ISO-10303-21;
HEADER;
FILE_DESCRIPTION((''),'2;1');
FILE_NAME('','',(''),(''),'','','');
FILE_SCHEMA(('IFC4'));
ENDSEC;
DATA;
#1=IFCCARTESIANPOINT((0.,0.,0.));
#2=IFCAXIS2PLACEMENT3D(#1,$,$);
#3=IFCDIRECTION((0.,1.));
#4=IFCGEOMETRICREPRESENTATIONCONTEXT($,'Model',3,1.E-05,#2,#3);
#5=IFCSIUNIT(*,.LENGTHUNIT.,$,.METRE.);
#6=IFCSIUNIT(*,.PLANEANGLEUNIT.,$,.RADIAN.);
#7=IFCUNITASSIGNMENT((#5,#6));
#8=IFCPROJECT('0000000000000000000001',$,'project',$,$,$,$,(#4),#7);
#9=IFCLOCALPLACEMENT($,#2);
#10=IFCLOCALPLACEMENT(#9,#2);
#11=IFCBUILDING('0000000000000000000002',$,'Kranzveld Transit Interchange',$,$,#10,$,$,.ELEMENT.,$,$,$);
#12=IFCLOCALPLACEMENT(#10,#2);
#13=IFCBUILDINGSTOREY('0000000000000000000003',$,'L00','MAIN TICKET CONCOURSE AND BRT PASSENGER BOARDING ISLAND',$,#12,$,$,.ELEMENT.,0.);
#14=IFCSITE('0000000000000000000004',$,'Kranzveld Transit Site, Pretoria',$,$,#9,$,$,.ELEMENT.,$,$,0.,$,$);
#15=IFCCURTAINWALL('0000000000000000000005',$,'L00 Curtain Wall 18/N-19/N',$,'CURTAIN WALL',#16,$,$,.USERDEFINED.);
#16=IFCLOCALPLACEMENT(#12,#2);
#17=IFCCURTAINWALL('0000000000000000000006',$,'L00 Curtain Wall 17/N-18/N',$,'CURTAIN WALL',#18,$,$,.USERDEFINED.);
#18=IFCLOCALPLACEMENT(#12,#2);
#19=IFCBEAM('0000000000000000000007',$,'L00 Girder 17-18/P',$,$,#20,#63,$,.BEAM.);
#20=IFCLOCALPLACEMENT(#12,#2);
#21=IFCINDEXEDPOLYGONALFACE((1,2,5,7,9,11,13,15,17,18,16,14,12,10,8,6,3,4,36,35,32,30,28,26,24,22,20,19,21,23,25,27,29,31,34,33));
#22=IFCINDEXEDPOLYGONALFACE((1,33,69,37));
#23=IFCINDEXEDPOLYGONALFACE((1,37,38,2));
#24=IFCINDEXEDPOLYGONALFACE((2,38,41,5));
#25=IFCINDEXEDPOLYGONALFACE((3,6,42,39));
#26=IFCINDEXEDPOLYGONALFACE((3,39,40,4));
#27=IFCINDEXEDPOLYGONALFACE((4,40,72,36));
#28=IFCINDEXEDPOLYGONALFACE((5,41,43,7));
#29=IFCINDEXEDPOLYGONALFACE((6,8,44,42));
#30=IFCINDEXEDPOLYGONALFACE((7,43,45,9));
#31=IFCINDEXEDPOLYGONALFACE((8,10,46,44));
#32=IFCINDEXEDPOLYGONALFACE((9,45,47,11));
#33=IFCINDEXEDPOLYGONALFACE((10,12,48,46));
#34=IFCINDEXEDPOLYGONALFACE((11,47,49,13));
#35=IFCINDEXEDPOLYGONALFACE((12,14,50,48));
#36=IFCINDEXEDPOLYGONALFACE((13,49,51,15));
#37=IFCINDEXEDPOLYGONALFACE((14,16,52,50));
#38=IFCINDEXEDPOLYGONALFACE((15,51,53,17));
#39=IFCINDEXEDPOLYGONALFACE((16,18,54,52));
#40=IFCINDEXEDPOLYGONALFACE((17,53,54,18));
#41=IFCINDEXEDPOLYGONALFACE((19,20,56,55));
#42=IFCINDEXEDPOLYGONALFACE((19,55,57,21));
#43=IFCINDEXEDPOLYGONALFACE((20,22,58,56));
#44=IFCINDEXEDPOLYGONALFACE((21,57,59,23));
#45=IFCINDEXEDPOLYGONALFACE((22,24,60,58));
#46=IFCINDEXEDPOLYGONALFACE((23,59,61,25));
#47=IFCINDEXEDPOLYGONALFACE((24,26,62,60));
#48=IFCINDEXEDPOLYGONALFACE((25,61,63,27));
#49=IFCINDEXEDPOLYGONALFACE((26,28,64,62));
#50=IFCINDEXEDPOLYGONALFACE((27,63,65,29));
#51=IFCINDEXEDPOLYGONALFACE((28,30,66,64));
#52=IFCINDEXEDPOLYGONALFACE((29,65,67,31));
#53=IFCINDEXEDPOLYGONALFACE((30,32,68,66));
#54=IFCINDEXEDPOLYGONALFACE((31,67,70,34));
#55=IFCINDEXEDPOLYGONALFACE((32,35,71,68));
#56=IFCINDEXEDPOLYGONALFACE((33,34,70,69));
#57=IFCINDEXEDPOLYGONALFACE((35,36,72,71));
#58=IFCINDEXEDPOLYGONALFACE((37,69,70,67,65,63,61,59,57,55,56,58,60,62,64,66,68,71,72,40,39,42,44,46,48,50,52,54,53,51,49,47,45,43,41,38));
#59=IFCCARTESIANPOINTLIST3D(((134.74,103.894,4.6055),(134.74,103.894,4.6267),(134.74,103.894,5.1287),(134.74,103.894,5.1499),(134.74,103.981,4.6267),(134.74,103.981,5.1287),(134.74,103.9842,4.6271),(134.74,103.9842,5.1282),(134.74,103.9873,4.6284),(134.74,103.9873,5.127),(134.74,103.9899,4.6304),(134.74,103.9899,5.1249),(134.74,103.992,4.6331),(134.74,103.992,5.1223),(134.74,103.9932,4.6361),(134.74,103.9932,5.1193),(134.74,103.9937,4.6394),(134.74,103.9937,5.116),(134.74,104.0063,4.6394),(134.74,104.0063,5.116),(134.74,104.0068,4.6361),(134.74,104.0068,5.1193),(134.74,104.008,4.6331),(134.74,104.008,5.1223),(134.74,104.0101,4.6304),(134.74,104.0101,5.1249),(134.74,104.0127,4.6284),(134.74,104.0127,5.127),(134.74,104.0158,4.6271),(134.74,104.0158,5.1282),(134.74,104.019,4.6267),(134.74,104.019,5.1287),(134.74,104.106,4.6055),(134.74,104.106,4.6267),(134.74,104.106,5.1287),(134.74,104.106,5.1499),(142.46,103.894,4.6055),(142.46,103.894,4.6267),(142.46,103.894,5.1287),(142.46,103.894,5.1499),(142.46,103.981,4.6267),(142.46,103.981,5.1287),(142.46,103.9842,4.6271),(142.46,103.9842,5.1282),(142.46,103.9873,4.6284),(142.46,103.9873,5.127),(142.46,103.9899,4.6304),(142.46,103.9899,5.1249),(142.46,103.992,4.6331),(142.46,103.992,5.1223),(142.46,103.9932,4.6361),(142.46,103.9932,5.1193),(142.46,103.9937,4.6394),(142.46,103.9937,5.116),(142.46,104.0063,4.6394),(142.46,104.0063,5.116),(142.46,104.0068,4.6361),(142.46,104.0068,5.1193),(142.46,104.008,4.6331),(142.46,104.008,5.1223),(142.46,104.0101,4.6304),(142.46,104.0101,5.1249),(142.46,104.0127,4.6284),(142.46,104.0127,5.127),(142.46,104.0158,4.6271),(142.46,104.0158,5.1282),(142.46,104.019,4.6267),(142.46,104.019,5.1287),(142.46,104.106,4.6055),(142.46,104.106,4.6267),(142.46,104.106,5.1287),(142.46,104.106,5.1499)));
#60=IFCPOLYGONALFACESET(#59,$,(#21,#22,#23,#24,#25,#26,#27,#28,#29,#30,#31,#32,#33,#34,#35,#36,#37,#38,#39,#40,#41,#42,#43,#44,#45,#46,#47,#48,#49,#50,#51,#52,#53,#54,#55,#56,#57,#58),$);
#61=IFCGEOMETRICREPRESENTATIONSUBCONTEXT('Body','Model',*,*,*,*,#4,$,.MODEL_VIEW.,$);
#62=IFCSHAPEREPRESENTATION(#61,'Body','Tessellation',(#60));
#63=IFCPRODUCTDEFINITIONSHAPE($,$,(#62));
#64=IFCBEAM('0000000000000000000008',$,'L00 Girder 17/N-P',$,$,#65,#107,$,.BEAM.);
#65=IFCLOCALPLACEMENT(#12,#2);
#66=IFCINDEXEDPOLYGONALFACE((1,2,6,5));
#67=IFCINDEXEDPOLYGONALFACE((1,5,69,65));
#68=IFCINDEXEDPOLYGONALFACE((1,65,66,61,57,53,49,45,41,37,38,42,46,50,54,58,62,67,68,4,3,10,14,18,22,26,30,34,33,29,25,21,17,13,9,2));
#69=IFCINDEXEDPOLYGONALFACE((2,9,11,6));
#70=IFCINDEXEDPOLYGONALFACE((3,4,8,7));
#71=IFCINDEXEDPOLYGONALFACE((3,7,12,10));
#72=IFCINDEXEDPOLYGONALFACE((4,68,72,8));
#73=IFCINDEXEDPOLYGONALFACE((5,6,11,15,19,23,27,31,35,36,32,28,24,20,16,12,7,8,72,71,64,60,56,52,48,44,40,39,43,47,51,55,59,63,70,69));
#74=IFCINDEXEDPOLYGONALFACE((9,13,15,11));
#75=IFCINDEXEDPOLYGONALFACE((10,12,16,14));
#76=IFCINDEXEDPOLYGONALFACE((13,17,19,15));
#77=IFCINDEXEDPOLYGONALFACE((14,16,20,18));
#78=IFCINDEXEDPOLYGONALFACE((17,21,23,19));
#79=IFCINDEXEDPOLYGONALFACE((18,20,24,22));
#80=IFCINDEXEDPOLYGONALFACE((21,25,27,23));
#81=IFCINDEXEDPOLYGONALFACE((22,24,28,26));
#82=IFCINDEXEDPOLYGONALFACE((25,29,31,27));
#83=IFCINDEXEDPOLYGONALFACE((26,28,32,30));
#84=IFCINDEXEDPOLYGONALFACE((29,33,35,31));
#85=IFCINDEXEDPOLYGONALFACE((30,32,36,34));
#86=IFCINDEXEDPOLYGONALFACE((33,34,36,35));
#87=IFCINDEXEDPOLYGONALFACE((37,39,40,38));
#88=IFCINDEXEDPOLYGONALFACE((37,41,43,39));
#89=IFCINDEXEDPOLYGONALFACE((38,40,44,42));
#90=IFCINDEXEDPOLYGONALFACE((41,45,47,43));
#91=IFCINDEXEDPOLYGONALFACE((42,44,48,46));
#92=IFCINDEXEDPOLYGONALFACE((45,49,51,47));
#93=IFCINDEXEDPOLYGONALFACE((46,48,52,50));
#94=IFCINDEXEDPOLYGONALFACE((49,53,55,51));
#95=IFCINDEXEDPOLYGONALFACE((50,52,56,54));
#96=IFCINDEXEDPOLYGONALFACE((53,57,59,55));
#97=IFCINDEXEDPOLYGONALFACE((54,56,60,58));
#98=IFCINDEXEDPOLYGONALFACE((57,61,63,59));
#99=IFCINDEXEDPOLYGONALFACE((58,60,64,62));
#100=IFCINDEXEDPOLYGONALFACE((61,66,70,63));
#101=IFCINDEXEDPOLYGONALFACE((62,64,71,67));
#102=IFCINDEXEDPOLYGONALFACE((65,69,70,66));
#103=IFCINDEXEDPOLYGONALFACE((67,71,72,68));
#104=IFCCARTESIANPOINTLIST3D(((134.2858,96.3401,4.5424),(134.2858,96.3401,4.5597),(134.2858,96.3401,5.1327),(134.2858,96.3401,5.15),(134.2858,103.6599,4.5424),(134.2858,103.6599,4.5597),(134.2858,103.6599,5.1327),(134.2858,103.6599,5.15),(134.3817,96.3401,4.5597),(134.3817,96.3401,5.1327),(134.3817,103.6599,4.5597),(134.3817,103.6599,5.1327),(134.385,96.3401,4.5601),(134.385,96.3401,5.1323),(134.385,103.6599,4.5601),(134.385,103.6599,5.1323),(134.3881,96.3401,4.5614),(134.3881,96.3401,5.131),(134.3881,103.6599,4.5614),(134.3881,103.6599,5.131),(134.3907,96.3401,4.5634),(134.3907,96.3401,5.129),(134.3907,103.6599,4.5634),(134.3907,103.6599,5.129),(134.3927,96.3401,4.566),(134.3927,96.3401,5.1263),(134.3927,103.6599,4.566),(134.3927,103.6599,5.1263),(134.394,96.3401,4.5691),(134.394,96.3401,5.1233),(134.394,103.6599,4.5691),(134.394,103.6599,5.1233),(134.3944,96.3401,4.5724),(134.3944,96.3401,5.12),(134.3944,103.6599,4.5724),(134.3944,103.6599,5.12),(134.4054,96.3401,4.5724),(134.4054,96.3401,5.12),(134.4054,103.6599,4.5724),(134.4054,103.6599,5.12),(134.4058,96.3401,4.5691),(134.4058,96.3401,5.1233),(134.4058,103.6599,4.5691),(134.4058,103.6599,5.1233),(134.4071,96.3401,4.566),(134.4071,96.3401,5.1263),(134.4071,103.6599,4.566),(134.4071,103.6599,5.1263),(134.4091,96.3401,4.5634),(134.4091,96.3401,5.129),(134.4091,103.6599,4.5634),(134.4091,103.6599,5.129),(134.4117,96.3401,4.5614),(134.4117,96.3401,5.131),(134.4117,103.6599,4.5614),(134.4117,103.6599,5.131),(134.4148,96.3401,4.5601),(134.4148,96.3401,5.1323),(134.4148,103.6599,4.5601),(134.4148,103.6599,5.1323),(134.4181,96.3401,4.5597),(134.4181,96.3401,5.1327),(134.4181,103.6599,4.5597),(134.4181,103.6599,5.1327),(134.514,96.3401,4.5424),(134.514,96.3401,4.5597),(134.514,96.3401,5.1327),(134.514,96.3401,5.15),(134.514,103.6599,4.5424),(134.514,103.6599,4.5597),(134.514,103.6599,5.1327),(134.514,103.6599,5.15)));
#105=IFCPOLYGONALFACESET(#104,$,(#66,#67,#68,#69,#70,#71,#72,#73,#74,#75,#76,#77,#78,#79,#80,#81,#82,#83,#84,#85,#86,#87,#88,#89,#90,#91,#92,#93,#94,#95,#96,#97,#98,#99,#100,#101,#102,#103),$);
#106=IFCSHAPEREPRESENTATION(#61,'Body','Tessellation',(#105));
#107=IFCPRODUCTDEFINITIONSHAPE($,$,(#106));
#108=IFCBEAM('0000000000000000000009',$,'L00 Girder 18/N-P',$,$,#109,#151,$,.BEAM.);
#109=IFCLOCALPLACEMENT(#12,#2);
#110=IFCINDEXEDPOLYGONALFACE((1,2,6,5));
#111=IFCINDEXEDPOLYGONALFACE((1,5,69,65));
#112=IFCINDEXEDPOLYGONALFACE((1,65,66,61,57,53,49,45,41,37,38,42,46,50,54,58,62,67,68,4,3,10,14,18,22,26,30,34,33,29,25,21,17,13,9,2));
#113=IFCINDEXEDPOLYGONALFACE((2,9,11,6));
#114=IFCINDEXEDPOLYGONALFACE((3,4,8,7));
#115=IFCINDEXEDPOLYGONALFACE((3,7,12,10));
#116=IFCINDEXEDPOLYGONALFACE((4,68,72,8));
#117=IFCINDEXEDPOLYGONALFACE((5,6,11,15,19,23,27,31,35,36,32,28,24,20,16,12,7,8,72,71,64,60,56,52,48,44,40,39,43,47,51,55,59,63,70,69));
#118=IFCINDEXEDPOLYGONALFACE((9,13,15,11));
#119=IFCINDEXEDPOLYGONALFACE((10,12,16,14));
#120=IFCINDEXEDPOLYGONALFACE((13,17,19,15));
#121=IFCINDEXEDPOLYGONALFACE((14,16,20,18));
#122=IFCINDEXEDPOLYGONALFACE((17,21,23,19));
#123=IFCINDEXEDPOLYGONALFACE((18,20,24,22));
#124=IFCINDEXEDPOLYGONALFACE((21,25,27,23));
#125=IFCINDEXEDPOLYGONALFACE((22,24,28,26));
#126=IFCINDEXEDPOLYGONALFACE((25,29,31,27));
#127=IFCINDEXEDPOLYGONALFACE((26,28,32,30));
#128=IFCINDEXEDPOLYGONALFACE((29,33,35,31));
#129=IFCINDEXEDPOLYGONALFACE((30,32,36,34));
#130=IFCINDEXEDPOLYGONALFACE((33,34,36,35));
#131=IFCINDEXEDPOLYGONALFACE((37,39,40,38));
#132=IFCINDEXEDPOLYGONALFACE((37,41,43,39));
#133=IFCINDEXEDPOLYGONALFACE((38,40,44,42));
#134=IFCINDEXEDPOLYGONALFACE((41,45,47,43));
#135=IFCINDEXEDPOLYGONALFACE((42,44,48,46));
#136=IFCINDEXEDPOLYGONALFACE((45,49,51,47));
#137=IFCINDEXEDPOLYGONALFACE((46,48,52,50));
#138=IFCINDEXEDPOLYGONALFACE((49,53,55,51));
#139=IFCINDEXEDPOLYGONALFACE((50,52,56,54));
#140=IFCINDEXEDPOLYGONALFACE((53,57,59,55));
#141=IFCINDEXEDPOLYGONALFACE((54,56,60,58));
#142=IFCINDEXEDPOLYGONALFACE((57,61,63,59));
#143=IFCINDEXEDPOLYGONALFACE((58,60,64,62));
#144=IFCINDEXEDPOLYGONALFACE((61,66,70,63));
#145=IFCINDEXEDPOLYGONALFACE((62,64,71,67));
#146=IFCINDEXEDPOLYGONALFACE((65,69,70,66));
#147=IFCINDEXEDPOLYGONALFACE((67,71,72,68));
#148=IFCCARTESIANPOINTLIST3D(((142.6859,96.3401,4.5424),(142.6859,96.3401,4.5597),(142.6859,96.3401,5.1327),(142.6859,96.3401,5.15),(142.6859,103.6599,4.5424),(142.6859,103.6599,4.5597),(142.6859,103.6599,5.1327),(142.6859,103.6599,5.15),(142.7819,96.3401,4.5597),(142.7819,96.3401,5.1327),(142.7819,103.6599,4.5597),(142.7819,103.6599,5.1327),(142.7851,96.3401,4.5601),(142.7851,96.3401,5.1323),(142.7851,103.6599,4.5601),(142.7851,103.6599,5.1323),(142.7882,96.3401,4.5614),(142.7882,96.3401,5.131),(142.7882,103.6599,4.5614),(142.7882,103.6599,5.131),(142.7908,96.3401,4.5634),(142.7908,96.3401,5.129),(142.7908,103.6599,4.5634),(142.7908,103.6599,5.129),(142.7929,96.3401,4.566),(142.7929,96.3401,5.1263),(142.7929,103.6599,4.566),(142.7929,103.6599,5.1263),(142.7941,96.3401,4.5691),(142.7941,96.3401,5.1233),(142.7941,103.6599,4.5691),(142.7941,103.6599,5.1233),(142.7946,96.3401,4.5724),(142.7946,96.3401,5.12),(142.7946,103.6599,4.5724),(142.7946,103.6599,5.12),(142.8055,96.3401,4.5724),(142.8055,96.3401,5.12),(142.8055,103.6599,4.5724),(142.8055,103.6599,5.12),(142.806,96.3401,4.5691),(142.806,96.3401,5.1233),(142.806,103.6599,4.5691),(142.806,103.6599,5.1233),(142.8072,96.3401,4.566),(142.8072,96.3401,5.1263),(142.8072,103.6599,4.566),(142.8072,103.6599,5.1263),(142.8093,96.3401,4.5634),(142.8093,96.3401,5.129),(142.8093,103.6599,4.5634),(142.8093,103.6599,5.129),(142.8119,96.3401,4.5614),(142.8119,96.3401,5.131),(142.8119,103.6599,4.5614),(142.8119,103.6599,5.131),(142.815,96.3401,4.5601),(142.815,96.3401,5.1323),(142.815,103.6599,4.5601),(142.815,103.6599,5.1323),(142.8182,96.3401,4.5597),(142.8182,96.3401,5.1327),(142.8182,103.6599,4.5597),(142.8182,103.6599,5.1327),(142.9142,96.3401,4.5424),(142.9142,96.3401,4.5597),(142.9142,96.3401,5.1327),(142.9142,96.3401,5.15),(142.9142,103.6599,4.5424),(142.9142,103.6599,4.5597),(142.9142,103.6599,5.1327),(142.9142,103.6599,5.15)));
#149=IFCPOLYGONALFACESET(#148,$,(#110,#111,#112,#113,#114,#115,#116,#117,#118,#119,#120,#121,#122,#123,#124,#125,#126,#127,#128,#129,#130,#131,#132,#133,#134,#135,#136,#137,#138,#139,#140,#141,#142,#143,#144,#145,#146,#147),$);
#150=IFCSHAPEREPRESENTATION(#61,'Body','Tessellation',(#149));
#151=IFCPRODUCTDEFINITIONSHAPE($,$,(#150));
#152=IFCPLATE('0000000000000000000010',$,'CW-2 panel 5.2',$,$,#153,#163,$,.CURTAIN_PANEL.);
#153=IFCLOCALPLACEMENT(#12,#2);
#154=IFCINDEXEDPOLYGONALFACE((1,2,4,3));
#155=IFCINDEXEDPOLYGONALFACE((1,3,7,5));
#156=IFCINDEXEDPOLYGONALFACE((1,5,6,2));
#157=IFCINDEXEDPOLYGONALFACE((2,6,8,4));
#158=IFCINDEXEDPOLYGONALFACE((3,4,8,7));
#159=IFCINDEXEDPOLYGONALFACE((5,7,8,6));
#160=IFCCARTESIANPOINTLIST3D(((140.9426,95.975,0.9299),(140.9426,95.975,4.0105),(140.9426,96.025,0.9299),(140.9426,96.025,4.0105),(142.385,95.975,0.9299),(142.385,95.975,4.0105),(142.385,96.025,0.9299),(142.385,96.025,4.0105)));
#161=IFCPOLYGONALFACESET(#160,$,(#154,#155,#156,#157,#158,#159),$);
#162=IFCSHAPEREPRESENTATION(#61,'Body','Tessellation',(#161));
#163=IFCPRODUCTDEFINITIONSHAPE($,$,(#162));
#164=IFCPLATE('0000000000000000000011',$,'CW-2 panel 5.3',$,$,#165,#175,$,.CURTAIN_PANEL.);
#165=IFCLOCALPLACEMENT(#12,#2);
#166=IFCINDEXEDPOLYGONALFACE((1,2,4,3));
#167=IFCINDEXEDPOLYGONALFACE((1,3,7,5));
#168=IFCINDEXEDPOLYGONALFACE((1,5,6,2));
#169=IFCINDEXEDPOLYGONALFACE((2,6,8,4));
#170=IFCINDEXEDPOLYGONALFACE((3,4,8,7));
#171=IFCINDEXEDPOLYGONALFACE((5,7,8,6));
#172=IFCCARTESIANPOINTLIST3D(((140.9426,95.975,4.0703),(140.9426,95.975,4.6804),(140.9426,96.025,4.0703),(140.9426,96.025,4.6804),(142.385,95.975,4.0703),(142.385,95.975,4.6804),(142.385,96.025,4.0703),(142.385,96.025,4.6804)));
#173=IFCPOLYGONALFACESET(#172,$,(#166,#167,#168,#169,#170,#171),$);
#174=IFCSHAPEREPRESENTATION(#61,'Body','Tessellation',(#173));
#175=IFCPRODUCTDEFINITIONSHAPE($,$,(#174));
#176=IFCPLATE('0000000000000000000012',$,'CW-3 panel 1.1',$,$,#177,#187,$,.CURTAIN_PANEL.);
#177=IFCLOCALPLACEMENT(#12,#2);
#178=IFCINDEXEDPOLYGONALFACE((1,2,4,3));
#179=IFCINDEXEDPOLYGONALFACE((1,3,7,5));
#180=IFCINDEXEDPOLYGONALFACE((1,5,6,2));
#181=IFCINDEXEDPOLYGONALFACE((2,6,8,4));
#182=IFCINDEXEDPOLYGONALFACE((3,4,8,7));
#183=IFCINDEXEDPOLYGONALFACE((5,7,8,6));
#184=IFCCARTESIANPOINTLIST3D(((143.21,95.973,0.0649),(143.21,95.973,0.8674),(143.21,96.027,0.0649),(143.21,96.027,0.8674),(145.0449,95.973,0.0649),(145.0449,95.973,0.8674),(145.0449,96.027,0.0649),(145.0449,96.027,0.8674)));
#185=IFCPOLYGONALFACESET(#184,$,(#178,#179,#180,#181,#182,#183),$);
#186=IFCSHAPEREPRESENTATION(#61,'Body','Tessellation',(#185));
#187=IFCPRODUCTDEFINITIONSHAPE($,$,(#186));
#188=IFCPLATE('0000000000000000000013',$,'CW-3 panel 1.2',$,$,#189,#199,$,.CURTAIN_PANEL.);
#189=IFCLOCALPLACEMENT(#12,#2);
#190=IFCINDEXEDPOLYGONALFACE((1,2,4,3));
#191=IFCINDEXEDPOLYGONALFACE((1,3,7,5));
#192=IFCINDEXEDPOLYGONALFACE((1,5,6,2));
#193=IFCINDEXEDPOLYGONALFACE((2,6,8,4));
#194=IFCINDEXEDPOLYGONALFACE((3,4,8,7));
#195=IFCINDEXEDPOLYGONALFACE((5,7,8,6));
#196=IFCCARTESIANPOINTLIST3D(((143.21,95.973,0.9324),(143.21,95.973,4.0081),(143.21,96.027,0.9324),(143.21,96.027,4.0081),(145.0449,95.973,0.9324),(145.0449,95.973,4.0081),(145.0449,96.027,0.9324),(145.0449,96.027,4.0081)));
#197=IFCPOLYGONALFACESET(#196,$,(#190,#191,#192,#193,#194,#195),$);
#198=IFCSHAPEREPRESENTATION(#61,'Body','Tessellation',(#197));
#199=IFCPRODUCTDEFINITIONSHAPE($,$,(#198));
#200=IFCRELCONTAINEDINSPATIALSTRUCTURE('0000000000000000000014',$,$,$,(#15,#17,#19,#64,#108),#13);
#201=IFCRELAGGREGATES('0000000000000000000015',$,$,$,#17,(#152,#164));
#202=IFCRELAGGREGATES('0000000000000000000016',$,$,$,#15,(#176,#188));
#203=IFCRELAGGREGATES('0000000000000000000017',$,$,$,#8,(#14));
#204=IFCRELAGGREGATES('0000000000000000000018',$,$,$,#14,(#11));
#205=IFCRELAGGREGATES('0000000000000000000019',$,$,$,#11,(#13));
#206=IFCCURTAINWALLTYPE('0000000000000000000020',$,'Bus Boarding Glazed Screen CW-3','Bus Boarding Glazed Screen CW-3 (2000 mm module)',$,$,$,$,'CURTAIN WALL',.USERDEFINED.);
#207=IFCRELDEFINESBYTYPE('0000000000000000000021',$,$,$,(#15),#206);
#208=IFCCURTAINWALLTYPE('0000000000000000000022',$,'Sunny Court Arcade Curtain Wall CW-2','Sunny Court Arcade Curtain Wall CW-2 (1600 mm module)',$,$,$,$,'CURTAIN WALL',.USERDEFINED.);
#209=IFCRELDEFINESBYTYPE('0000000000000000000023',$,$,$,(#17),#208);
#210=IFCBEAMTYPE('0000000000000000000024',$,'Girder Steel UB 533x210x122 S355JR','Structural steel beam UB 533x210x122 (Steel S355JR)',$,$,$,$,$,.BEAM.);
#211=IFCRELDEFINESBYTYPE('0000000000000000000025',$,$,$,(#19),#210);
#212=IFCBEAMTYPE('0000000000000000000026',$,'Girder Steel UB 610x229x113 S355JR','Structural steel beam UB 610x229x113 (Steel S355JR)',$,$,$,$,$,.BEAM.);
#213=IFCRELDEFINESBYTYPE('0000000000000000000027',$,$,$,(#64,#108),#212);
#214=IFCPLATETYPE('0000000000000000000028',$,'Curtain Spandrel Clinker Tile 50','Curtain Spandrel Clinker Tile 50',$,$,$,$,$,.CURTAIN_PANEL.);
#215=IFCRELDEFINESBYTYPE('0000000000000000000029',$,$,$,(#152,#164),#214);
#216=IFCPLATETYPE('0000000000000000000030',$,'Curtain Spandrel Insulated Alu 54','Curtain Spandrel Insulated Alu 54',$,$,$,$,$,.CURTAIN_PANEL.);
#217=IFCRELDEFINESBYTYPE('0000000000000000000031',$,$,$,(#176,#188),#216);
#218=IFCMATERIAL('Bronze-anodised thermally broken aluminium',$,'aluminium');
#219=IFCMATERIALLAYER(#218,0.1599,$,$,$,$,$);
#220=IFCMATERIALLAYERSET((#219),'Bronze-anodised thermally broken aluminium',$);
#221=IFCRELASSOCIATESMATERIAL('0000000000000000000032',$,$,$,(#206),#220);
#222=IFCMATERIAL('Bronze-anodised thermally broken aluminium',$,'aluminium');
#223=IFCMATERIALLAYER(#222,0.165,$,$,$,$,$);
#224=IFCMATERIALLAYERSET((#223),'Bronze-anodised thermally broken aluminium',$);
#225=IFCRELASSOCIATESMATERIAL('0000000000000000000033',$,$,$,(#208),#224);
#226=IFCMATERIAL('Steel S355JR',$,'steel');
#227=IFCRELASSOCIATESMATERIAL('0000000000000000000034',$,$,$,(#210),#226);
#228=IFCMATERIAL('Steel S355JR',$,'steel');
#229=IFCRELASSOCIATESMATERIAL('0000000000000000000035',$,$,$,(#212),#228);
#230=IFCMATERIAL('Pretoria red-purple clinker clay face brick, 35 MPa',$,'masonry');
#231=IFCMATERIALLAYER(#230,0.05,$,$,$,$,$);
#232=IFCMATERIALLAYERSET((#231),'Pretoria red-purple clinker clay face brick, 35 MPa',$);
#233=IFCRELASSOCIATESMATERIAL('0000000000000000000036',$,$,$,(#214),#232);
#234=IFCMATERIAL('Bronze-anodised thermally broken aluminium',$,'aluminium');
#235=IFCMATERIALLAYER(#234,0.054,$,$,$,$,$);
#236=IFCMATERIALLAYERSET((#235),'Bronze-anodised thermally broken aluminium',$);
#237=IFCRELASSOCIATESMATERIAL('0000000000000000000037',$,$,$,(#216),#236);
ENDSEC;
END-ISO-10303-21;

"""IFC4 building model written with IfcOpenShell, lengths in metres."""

from ifc_helpers import new_model, si_unit, direction, frame, origin, origin_2d, place, context, subcontext, project, spatial, rectangle, i_section, extrude, material, layer, layer_set, material_profile, profile_set, type_object, element, aggregate, save


model = new_model("IFC4")

# Units and contexts
model_context = context("Model", 3, precision=1e-05, world=origin(), true_north=direction((0.0, 1.0)))
body_context = subcontext(model_context, "Body", "Model", "MODEL_VIEW")
ifc_project = project(units=[si_unit("LENGTHUNIT", "METRE"), si_unit("PLANEANGLEUNIT", "RADIAN")], contexts=[model_context])

# Site, building, storey
site_placement = place(None, origin())
site = spatial("IfcSite", under=ifc_project, at=site_placement, Name="Kranzveld Transit Site, Pretoria", CompositionType="ELEMENT", RefElevation=0.0)
building_placement = place(site_placement, origin())
building = spatial("IfcBuilding", under=site, at=building_placement, Name="Kranzveld Transit Interchange", CompositionType="ELEMENT")
storey_placement = place(building_placement, origin())
storey = spatial("IfcBuildingStorey", under=building, at=storey_placement, Name="L00", Description="MAIN TICKET CONCOURSE AND BRT PASSENGER BOARDING ISLAND", CompositionType="ELEMENT", Elevation=0.0)

# Curtain walls
ifc_material_1 = material(Name="Bronze-anodised thermally broken aluminium", Category="aluminium")
ifc_layer_1 = layer(ifc_material_1, 0.1599)
ifc_layer_set_1 = layer_set([ifc_layer_1], Name="Bronze-anodised thermally broken aluminium")
curtain_wall_type_1 = type_object("IfcCurtainWallType", Name="Bus Boarding Glazed Screen CW-3", Description="Bus Boarding Glazed Screen CW-3 (2000 mm module)", ElementType="CURTAIN WALL", PredefinedType="USERDEFINED", material=ifc_layer_set_1)
curtain_wall_1_placement = place(storey_placement, origin())
curtain_wall_1 = element("IfcCurtainWall", 1, at=curtain_wall_1_placement, inside=storey, type_object=curtain_wall_type_1, Name="L00 Curtain Wall 18/N-19/N", ObjectType="CURTAIN WALL", PredefinedType="USERDEFINED")
ifc_material_2 = material(Name="Bronze-anodised thermally broken aluminium", Category="aluminium")
ifc_layer_2 = layer(ifc_material_2, 0.165)
ifc_layer_set_2 = layer_set([ifc_layer_2], Name="Bronze-anodised thermally broken aluminium")
curtain_wall_type_2 = type_object("IfcCurtainWallType", Name="Sunny Court Arcade Curtain Wall CW-2", Description="Sunny Court Arcade Curtain Wall CW-2 (1600 mm module)", ElementType="CURTAIN WALL", PredefinedType="USERDEFINED", material=ifc_layer_set_2)
curtain_wall_2_placement = place(storey_placement, origin())
curtain_wall_2 = element("IfcCurtainWall", 2, at=curtain_wall_2_placement, inside=storey, type_object=curtain_wall_type_2, Name="L00 Curtain Wall 17/N-18/N", ObjectType="CURTAIN WALL", PredefinedType="USERDEFINED")

# Beams
ifc_material_3 = material(Name="Steel S355JR", Category="steel")
ifc_material_profile_1 = material_profile(ifc_material_3, i_section(OverallWidth=0.2119, OverallDepth=0.5444, WebThickness=0.0127, FlangeThickness=0.0212, FilletRadius=0.0127, at=origin_2d()), Name="UB 533x210x122")
ifc_profile_set_1 = profile_set([ifc_material_profile_1], Name="Steel S355JR")
beam_type_1 = type_object("IfcBeamType", Name="Girder Steel UB 533x210x122 S355JR", Description="Structural steel beam UB 533x210x122 (Steel S355JR)", PredefinedType="BEAM", material=ifc_profile_set_1)
beam_1_placement = place(storey_placement, frame((134.74, 104.0, 4.8777), z_axis=(1.0, 0.0, 0.0), x_axis=(0.0, 1.0, 0.0)))
element("IfcBeam", 3, at=beam_1_placement, inside=storey, type_object=beam_type_1, Name="L00 Girder 17-18/P", PredefinedType="BEAM", context=body_context, shape_type="SweptSolid", body=[
    extrude(i_section(OverallWidth=0.2119, OverallDepth=0.5444, WebThickness=0.0127, FlangeThickness=0.0212, FilletRadius=0.0127, at=origin_2d()), origin(), (0.0, 0.0, 1.0), 7.72),
])
ifc_material_4 = material(Name="Steel S355JR", Category="steel")
ifc_material_profile_2 = material_profile(ifc_material_4, i_section(OverallWidth=0.2283, OverallDepth=0.6077, WebThickness=0.011, FlangeThickness=0.0173, FilletRadius=0.0127, at=origin_2d()), Name="UB 610x229x113")
ifc_profile_set_2 = profile_set([ifc_material_profile_2], Name="Steel S355JR")
beam_type_2 = type_object("IfcBeamType", Name="Girder Steel UB 610x229x113 S355JR", Description="Structural steel beam UB 610x229x113 (Steel S355JR)", PredefinedType="BEAM", material=ifc_profile_set_2)
for number, where, z_axis, x_axis, name in (
    (4, (134.3999, 96.3401, 4.8462), (0.0, 1.0, 0.0), (-1.0, 0.0, 0.0), "L00 Girder 17/N-P"),
    (5, (142.8, 96.3401, 4.8462), (0.0, 1.0, 0.0), (-1.0, 0.0, 0.0), "L00 Girder 18/N-P"),
):
    element("IfcBeam", number, at=place(storey_placement, frame(where, z_axis=z_axis, x_axis=x_axis)), inside=storey, type_object=beam_type_2, Name=name, PredefinedType="BEAM", context=body_context, shape_type="SweptSolid", body=[
        extrude(i_section(OverallWidth=0.2283, OverallDepth=0.6077, WebThickness=0.011, FlangeThickness=0.0173, FilletRadius=0.0127, at=origin_2d()), origin(), (0.0, 0.0, 1.0), 7.3198),
    ])

# Plates
ifc_material_5 = material(Name="Pretoria red-purple clinker clay face brick, 35 MPa", Category="masonry")
ifc_layer_3 = layer(ifc_material_5, 0.05)
ifc_layer_set_3 = layer_set([ifc_layer_3], Name="Pretoria red-purple clinker clay face brick, 35 MPa")
plate_type_1 = type_object("IfcPlateType", Name="Curtain Spandrel Clinker Tile 50", Description="Curtain Spandrel Clinker Tile 50", PredefinedType="CURTAIN_PANEL", material=ifc_layer_set_3)
plate_1_placement = place(storey_placement, frame((141.6638, 96.0, 0.9299), z_axis=(0.0, 0.0, 1.0), x_axis=(1.0, 0.0, 0.0)))
plate_1 = element("IfcPlate", 6, at=plate_1_placement, type_object=plate_type_1, Name="CW-2 panel 5.2", PredefinedType="CURTAIN_PANEL", context=body_context, shape_type="SweptSolid", body=[
    extrude(rectangle(XDim=1.4424, YDim=0.05, at=origin_2d()), origin(), (0.0, 0.0, 1.0), 3.0806),
])
plate_2_placement = place(storey_placement, frame((141.6638, 96.0, 4.0703), z_axis=(0.0, 0.0, 1.0), x_axis=(1.0, 0.0, 0.0)))
plate_2 = element("IfcPlate", 7, at=plate_2_placement, type_object=plate_type_1, Name="CW-2 panel 5.3", PredefinedType="CURTAIN_PANEL", context=body_context, shape_type="SweptSolid", body=[
    extrude(rectangle(XDim=1.4424, YDim=0.05, at=origin_2d()), origin(), (0.0, 0.0, 1.0), 0.6101),
])
aggregate(curtain_wall_2, [plate_1, plate_2])
ifc_material_6 = material(Name="Bronze-anodised thermally broken aluminium", Category="aluminium")
ifc_layer_4 = layer(ifc_material_6, 0.054)
ifc_layer_set_4 = layer_set([ifc_layer_4], Name="Bronze-anodised thermally broken aluminium")
plate_type_2 = type_object("IfcPlateType", Name="Curtain Spandrel Insulated Alu 54", Description="Curtain Spandrel Insulated Alu 54", PredefinedType="CURTAIN_PANEL", material=ifc_layer_set_4)
plate_3_placement = place(storey_placement, frame((144.1274, 96.0, 0.0649), z_axis=(0.0, 0.0, 1.0), x_axis=(1.0, 0.0, 0.0)))
plate_3 = element("IfcPlate", 8, at=plate_3_placement, type_object=plate_type_2, Name="CW-3 panel 1.1", PredefinedType="CURTAIN_PANEL", context=body_context, shape_type="SweptSolid", body=[
    extrude(rectangle(XDim=1.835, YDim=0.054, at=origin_2d()), origin(), (0.0, 0.0, 1.0), 0.8025),
])
plate_4_placement = place(storey_placement, frame((144.1274, 96.0, 0.9324), z_axis=(0.0, 0.0, 1.0), x_axis=(1.0, 0.0, 0.0)))
plate_4 = element("IfcPlate", 9, at=plate_4_placement, type_object=plate_type_2, Name="CW-3 panel 1.2", PredefinedType="CURTAIN_PANEL", context=body_context, shape_type="SweptSolid", body=[
    extrude(rectangle(XDim=1.835, YDim=0.054, at=origin_2d()), origin(), (0.0, 0.0, 1.0), 3.0757),
])
aggregate(curtain_wall_1, [plate_3, plate_4])

save(model, "model.ifc")
